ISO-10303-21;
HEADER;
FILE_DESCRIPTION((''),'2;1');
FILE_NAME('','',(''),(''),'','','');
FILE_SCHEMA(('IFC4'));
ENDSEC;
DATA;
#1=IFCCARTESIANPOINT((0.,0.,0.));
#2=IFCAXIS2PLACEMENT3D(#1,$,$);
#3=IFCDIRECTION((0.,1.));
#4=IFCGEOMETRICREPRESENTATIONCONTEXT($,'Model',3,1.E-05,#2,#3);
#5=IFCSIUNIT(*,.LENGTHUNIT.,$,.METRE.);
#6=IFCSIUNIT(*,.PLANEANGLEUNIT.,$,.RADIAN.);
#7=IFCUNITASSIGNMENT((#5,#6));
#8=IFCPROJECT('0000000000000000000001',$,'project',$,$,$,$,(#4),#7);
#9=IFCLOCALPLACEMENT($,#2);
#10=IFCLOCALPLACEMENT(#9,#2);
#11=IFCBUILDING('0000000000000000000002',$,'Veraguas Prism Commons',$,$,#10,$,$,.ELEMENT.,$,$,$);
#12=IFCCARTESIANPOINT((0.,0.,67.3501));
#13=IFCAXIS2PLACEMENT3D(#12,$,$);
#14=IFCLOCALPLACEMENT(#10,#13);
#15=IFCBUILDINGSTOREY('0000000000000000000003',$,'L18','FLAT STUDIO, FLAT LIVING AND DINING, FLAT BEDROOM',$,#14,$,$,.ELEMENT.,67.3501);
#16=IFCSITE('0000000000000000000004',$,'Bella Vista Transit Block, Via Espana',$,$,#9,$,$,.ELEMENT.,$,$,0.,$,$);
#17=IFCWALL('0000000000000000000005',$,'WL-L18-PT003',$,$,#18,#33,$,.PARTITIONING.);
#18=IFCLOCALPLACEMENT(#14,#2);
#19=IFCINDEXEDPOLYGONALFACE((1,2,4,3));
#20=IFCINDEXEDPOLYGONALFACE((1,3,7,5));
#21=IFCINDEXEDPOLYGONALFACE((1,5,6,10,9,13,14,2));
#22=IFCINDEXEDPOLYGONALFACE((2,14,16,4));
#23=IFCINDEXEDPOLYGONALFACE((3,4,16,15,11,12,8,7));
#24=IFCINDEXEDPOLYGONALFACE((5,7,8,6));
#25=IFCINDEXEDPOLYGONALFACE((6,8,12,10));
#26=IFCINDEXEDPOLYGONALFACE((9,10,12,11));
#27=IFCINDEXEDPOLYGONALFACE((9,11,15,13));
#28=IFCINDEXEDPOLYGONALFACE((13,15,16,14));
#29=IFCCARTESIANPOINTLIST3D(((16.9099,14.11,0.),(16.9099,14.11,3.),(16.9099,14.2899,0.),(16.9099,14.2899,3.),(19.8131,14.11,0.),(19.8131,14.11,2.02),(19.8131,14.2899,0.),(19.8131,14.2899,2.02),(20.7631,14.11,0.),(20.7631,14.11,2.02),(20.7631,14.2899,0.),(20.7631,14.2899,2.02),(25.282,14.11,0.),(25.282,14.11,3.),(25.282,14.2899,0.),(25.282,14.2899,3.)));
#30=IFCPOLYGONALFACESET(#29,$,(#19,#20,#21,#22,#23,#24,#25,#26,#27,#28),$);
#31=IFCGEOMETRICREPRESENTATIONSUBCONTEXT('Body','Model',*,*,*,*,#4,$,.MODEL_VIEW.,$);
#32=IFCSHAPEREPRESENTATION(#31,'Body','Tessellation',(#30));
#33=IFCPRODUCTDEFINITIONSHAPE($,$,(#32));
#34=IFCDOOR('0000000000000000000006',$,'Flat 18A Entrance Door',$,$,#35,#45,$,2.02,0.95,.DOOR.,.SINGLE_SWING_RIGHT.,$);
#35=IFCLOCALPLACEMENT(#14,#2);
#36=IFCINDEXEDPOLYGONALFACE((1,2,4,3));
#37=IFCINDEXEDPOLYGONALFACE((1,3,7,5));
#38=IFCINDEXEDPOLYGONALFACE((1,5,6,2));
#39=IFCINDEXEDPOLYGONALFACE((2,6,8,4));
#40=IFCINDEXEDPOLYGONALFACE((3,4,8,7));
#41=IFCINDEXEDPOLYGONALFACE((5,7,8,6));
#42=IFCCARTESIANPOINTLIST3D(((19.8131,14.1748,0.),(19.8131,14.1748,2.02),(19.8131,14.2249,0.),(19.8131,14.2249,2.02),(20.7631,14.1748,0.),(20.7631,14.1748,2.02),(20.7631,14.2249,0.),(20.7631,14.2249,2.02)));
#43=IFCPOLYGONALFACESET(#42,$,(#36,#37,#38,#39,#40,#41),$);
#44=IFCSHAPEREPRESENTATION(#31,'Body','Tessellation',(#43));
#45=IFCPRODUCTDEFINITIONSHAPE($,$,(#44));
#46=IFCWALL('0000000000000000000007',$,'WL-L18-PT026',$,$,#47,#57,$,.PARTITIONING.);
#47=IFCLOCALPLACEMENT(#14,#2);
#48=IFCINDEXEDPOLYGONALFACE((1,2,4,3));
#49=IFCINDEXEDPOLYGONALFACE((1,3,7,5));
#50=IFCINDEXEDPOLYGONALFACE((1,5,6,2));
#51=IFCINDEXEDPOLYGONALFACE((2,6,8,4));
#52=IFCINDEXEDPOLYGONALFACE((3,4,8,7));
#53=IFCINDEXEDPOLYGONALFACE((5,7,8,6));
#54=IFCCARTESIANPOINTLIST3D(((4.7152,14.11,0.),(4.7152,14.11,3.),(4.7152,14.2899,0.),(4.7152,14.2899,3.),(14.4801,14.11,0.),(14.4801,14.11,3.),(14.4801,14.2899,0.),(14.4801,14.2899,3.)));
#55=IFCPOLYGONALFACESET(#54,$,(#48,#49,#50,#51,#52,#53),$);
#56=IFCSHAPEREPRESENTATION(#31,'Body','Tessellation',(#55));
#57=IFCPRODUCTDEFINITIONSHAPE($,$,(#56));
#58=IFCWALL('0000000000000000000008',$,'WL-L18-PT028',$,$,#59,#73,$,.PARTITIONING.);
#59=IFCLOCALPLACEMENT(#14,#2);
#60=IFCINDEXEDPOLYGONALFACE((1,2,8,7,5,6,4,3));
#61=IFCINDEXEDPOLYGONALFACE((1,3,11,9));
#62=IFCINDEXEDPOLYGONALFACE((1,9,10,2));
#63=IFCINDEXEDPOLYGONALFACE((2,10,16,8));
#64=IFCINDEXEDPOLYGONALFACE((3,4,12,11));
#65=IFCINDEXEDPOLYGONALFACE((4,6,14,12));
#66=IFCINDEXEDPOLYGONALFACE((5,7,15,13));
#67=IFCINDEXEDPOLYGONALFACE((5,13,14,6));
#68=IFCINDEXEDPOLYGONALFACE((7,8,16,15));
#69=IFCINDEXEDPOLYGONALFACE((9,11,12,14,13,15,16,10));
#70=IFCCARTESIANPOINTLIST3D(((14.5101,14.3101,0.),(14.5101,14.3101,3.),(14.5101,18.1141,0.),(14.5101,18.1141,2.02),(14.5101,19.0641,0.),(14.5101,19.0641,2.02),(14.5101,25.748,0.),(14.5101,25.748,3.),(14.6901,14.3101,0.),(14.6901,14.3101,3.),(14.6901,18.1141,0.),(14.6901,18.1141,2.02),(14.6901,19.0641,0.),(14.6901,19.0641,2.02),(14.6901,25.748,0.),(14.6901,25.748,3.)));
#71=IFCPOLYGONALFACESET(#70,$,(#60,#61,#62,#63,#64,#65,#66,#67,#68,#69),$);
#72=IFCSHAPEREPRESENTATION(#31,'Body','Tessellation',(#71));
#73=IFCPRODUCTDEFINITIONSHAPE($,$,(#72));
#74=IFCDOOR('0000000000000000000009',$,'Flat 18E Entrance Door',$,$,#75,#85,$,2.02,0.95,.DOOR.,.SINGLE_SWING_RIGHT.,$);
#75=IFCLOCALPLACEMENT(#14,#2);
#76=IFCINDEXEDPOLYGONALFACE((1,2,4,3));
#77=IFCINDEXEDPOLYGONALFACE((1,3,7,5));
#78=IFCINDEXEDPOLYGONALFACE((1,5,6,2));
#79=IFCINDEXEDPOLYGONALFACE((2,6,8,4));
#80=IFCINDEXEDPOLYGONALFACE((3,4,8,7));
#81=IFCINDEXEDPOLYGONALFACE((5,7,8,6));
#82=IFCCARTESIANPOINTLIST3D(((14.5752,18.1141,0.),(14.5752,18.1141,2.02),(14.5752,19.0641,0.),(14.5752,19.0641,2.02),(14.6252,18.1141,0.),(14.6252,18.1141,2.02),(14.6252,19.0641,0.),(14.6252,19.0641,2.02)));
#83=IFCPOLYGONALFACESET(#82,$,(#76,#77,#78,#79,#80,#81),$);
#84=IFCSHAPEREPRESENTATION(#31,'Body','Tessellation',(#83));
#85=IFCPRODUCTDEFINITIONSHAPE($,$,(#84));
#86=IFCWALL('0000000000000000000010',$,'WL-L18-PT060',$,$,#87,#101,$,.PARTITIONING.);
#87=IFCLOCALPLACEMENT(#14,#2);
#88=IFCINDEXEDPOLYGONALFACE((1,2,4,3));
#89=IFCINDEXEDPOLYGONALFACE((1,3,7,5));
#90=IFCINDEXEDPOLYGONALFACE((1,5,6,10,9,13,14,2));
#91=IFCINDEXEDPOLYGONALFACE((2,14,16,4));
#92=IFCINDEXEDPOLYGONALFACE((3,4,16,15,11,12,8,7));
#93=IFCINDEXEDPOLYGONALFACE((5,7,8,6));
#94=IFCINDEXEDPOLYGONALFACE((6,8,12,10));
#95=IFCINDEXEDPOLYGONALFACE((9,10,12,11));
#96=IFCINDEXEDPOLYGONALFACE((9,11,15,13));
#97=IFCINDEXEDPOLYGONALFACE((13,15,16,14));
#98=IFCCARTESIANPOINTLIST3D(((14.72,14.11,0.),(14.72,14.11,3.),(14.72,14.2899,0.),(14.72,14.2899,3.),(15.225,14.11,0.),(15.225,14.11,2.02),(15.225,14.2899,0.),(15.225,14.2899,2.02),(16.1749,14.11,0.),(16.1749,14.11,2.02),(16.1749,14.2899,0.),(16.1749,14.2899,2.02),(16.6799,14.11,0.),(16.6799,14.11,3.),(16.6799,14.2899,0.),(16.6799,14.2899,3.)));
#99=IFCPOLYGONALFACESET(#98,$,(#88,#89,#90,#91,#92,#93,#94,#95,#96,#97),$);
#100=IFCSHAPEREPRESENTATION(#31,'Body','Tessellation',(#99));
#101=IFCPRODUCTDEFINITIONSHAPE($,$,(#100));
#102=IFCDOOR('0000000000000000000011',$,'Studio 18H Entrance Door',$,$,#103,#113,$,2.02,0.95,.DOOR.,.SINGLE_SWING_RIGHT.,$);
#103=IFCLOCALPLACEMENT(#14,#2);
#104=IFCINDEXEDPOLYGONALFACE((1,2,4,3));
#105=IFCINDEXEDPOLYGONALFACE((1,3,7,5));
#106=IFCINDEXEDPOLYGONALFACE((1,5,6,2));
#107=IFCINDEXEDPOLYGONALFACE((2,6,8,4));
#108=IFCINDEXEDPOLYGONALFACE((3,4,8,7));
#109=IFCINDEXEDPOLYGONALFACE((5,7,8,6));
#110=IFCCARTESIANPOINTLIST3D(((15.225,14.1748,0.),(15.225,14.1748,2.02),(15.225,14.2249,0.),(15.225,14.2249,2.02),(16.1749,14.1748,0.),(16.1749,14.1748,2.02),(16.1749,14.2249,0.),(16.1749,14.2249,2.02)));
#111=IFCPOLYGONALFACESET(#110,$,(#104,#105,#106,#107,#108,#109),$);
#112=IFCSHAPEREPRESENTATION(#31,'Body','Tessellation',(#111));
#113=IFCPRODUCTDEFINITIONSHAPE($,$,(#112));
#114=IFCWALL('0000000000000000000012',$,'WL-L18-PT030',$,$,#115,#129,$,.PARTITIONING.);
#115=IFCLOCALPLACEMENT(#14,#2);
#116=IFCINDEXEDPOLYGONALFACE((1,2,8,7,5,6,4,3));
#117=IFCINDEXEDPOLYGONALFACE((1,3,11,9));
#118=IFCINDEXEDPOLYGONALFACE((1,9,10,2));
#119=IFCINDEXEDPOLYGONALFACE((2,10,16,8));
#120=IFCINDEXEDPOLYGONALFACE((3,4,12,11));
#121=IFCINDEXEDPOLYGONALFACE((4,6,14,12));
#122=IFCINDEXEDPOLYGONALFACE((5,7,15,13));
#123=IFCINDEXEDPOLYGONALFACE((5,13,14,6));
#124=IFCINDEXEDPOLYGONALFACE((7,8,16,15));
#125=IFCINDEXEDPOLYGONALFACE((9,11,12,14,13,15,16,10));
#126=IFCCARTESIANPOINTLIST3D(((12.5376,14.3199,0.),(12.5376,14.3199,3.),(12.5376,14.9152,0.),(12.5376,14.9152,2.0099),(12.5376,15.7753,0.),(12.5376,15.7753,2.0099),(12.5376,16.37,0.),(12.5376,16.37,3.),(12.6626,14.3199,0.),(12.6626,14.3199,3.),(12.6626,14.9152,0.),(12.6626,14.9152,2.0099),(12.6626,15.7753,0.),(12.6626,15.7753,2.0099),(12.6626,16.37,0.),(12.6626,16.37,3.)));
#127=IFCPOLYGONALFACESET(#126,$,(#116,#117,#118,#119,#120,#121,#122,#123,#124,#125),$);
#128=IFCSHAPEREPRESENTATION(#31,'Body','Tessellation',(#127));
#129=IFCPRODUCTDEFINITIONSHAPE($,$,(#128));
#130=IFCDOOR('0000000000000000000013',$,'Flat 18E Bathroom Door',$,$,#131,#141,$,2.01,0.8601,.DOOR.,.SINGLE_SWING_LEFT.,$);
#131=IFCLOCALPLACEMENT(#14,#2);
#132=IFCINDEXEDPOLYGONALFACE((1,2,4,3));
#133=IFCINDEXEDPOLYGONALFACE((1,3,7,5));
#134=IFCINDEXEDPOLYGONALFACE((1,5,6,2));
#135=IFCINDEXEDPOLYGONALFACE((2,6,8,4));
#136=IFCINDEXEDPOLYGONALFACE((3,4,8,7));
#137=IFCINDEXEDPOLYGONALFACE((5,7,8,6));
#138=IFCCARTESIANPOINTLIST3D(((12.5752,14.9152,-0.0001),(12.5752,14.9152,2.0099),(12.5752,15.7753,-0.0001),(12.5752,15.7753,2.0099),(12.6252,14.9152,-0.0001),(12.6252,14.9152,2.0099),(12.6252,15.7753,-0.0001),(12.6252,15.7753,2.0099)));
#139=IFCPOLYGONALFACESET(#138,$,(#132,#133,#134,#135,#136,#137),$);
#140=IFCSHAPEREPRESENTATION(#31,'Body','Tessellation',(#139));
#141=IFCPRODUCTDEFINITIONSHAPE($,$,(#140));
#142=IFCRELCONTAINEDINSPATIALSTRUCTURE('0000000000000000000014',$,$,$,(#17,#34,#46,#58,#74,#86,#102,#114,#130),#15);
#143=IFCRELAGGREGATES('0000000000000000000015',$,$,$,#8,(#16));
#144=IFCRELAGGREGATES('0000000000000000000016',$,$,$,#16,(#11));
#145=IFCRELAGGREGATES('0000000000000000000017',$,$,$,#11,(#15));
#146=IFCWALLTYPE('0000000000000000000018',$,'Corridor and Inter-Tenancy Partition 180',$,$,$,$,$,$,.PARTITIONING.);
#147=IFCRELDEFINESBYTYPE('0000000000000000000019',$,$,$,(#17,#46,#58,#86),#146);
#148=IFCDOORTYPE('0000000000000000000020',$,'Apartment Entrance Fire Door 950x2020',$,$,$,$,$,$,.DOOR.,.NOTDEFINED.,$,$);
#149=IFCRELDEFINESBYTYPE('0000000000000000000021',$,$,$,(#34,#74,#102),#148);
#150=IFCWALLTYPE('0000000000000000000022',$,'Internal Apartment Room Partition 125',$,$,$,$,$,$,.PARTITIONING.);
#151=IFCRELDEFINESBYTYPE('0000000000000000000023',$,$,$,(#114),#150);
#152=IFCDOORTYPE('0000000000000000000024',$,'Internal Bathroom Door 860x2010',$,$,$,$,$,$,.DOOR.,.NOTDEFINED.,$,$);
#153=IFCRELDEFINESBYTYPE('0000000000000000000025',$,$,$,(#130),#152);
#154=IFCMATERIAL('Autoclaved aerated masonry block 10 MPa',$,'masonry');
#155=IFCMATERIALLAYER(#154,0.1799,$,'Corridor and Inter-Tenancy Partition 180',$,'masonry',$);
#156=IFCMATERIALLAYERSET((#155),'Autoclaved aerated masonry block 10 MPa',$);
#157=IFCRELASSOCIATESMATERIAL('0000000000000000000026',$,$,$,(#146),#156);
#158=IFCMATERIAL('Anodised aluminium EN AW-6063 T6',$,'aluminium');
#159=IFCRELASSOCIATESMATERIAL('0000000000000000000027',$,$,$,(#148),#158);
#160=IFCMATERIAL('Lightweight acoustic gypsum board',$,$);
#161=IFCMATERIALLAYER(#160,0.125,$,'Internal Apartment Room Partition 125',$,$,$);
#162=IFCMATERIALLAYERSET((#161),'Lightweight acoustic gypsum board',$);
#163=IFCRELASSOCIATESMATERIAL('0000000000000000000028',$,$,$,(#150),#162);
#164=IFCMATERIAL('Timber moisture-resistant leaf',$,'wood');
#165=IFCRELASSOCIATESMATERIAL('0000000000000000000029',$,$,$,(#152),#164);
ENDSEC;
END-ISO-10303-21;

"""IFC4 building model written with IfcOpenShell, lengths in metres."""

from ifc_helpers import new_model, si_unit, direction, frame, frame_2d, origin, place, context, subcontext, project, spatial, rectangle, extrude, source, transform, mapped, material, layer, layer_set, type_object, element, fill, save


model = new_model("IFC4")

# Units and contexts
model_context = context("Model", 3, precision=1e-05, world=origin(), true_north=direction((0.0, 1.0)))
body_context = subcontext(model_context, "Body", "Model", "MODEL_VIEW")
ifc_project = project(units=[si_unit("LENGTHUNIT", "METRE"), si_unit("PLANEANGLEUNIT", "RADIAN")], contexts=[model_context])

# Site, building, storey
site_placement = place(None, origin())
site = spatial("IfcSite", under=ifc_project, at=site_placement, Name="Bella Vista Transit Block, Via Espana", CompositionType="ELEMENT", RefElevation=0.0)
building_placement = place(site_placement, origin())
building = spatial("IfcBuilding", under=site, at=building_placement, Name="Veraguas Prism Commons", CompositionType="ELEMENT")
storey_placement = place(building_placement, frame((0.0, 0.0, 67.3501)))
storey = spatial("IfcBuildingStorey", under=building, at=storey_placement, Name="L18", Description="FLAT STUDIO, FLAT LIVING AND DINING, FLAT BEDROOM", CompositionType="ELEMENT", Elevation=67.3501)

# Shared definitions
ifc_material_1 = material(Name="Autoclaved aerated masonry block 10 MPa", Category="masonry")
ifc_layer_1 = layer(ifc_material_1, 0.1799, Name="Corridor and Inter-Tenancy Partition 180", Category="masonry")
ifc_layer_set_1 = layer_set([ifc_layer_1], Name="Autoclaved aerated masonry block 10 MPa")
wall_type_1 = type_object("IfcWallType", Name="Corridor and Inter-Tenancy Partition 180", PredefinedType="PARTITIONING", material=ifc_layer_set_1)

# Wall, opening, door
wall_1_placement = place(storey_placement, frame((16.9099, 14.2, 0.0), z_axis=(0.0, 0.0, 1.0), x_axis=(1.0, 0.0, 0.0)))
wall_1 = element("IfcWall", 1, at=wall_1_placement, inside=storey, type_object=wall_type_1, Name="WL-L18-PT003", PredefinedType="PARTITIONING", context=body_context, shape_type="SweptSolid", body=[
    extrude(rectangle(XDim=8.3721, YDim=0.1799, at=frame_2d((4.186, 0.0))), origin(), (0.0, 0.0, 1.0), 3.0),
])
opening_1_placement = place(wall_1_placement, frame((2.9031, 0.0, 0.0)))
opening_1 = element("IfcOpeningElement", 2, at=opening_1_placement, cuts=wall_1, PredefinedType="OPENING", context=body_context, shape_type="SweptSolid", body=[
    extrude(rectangle(XDim=0.95, YDim=2.02, at=frame_2d((0.4751, 1.01))), frame((0.0, 0.0999, 0.0), z_axis=(0.0, -1.0, 0.0), x_axis=(1.0, 0.0, 0.0)), (0.0, 0.0, 1.0), 0.2),
])
ifc_material_2 = material(Name="Anodised aluminium EN AW-6063 T6", Category="aluminium")
door_type_1 = type_object("IfcDoorType", Name="Apartment Entrance Fire Door 950x2020", OperationType="NOTDEFINED", PredefinedType="DOOR", material=ifc_material_2)
shared_shape_1 = source(origin(), body_context, "Body", "SweptSolid", [
    extrude(rectangle(XDim=0.95, YDim=2.02, at=frame_2d((0.4751, 1.01))), frame((0.0, 0.0249, 0.0), z_axis=(0.0, -1.0, 0.0), x_axis=(1.0, 0.0, 0.0)), (0.0, 0.0, 1.0), 0.05),
])
door_1_placement = place(opening_1_placement, origin())
door_1 = element("IfcDoor", 3, at=door_1_placement, inside=storey, type_object=door_type_1, Name="Flat 18A Entrance Door", OperationType="SINGLE_SWING_RIGHT", OverallHeight=2.02, OverallWidth=0.95, PredefinedType="DOOR", context=body_context, shape_type="MappedRepresentation", body=[
    mapped(shared_shape_1, transform((0.0, 0.0, 0.0), scale=1.0)),
])
fill(opening_1, door_1)

# Wall
wall_2_placement = place(storey_placement, frame((14.48, 14.2, 0.0), z_axis=(0.0, 0.0, 1.0), x_axis=(-1.0, 0.0, 0.0)))
element("IfcWall", 4, at=wall_2_placement, inside=storey, type_object=wall_type_1, Name="WL-L18-PT026", PredefinedType="PARTITIONING", context=body_context, shape_type="SweptSolid", body=[
    extrude(rectangle(XDim=9.7649, YDim=0.1799, at=frame_2d((4.8823, 0.0))), origin(), (0.0, 0.0, 1.0), 3.0),
])

# Walls, openings, doors
wall_3_placement = place(storey_placement, frame((14.6001, 14.3101, 0.0), z_axis=(0.0, 0.0, 1.0), x_axis=(0.0, 1.0, 0.0)))
wall_3 = element("IfcWall", 5, at=wall_3_placement, inside=storey, type_object=wall_type_1, Name="WL-L18-PT028", PredefinedType="PARTITIONING", context=body_context, shape_type="SweptSolid", body=[
    extrude(rectangle(XDim=11.438, YDim=0.1799, at=frame_2d((5.719, 0.0))), origin(), (0.0, 0.0, 1.0), 3.0),
])
opening_2_placement = place(wall_3_placement, frame((3.804, 0.0, 0.0)))
opening_2 = element("IfcOpeningElement", 6, at=opening_2_placement, cuts=wall_3, PredefinedType="OPENING", context=body_context, shape_type="SweptSolid", body=[
    extrude(rectangle(XDim=0.95, YDim=2.02, at=frame_2d((0.4751, 1.01))), frame((0.0, 0.0999, 0.0), z_axis=(0.0, -1.0, 0.0), x_axis=(1.0, 0.0, 0.0)), (0.0, 0.0, 1.0), 0.2),
])
door_2_placement = place(opening_2_placement, origin())
door_2 = element("IfcDoor", 7, at=door_2_placement, inside=storey, type_object=door_type_1, Name="Flat 18E Entrance Door", OperationType="SINGLE_SWING_RIGHT", OverallHeight=2.02, OverallWidth=0.95, PredefinedType="DOOR", context=body_context, shape_type="MappedRepresentation", body=[
    mapped(shared_shape_1, transform((0.0, 0.0, 0.0), scale=1.0)),
])
fill(opening_2, door_2)
wall_4_placement = place(storey_placement, frame((14.72, 14.2, 0.0), z_axis=(0.0, 0.0, 1.0), x_axis=(1.0, 0.0, 0.0)))
wall_4 = element("IfcWall", 8, at=wall_4_placement, inside=storey, type_object=wall_type_1, Name="WL-L18-PT060", PredefinedType="PARTITIONING", context=body_context, shape_type="SweptSolid", body=[
    extrude(rectangle(XDim=1.96, YDim=0.1799, at=frame_2d((0.98, 0.0))), origin(), (0.0, 0.0, 1.0), 3.0),
])
opening_3_placement = place(wall_4_placement, frame((0.5049, 0.0, 0.0)))
opening_3 = element("IfcOpeningElement", 9, at=opening_3_placement, cuts=wall_4, PredefinedType="OPENING", context=body_context, shape_type="SweptSolid", body=[
    extrude(rectangle(XDim=0.95, YDim=2.02, at=frame_2d((0.4751, 1.01))), frame((0.0, 0.0999, 0.0), z_axis=(0.0, -1.0, 0.0), x_axis=(1.0, 0.0, 0.0)), (0.0, 0.0, 1.0), 0.2),
])
door_3_placement = place(opening_3_placement, origin())
door_3 = element("IfcDoor", 10, at=door_3_placement, inside=storey, type_object=door_type_1, Name="Studio 18H Entrance Door", OperationType="SINGLE_SWING_RIGHT", OverallHeight=2.02, OverallWidth=0.95, PredefinedType="DOOR", context=body_context, shape_type="MappedRepresentation", body=[
    mapped(shared_shape_1, transform((0.0, 0.0, 0.0), scale=1.0)),
])
fill(opening_3, door_3)
ifc_material_3 = material(Name="Lightweight acoustic gypsum board")
ifc_layer_2 = layer(ifc_material_3, 0.125, Name="Internal Apartment Room Partition 125")
ifc_layer_set_2 = layer_set([ifc_layer_2], Name="Lightweight acoustic gypsum board")
wall_type_2 = type_object("IfcWallType", Name="Internal Apartment Room Partition 125", PredefinedType="PARTITIONING", material=ifc_layer_set_2)
wall_5_placement = place(storey_placement, frame((12.6001, 14.3201, 0.0), z_axis=(0.0, 0.0, 1.0), x_axis=(0.0, 1.0, 0.0)))
wall_5 = element("IfcWall", 11, at=wall_5_placement, inside=storey, type_object=wall_type_2, Name="WL-L18-PT030", PredefinedType="PARTITIONING", context=body_context, shape_type="SweptSolid", body=[
    extrude(rectangle(XDim=2.05, YDim=0.125, at=frame_2d((1.0249, 0.0))), origin(), (0.0, 0.0, 1.0), 3.0),
])
opening_4_placement = place(wall_5_placement, frame((0.595, 0.0, 0.0)))
opening_4 = element("IfcOpeningElement", 12, at=opening_4_placement, cuts=wall_5, PredefinedType="OPENING", context=body_context, shape_type="SweptSolid", body=[
    extrude(rectangle(XDim=0.8601, YDim=2.01, at=frame_2d((0.4302, 1.0049))), frame((0.0, 0.0725, 0.0), z_axis=(0.0, -1.0, 0.0), x_axis=(1.0, 0.0, 0.0)), (0.0, 0.0, 1.0), 0.145),
])
ifc_material_4 = material(Name="Timber moisture-resistant leaf", Category="wood")
door_type_2 = type_object("IfcDoorType", Name="Internal Bathroom Door 860x2010", OperationType="NOTDEFINED", PredefinedType="DOOR", material=ifc_material_4)
shared_shape_2 = source(origin(), body_context, "Body", "SweptSolid", [
    extrude(rectangle(XDim=0.8601, YDim=2.01, at=frame_2d((0.4302, 1.0049))), frame((0.0, 0.0249, 0.0), z_axis=(0.0, -1.0, 0.0), x_axis=(1.0, 0.0, 0.0)), (0.0, 0.0, 1.0), 0.05),
])
door_4_placement = place(opening_4_placement, origin())
door_4 = element("IfcDoor", 13, at=door_4_placement, inside=storey, type_object=door_type_2, Name="Flat 18E Bathroom Door", OperationType="SINGLE_SWING_LEFT", OverallHeight=2.01, OverallWidth=0.8601, PredefinedType="DOOR", context=body_context, shape_type="MappedRepresentation", body=[
    mapped(shared_shape_2, transform((0.0, 0.0, 0.0), scale=1.0)),
])
fill(opening_4, door_4)

save(model, "model.ifc")
